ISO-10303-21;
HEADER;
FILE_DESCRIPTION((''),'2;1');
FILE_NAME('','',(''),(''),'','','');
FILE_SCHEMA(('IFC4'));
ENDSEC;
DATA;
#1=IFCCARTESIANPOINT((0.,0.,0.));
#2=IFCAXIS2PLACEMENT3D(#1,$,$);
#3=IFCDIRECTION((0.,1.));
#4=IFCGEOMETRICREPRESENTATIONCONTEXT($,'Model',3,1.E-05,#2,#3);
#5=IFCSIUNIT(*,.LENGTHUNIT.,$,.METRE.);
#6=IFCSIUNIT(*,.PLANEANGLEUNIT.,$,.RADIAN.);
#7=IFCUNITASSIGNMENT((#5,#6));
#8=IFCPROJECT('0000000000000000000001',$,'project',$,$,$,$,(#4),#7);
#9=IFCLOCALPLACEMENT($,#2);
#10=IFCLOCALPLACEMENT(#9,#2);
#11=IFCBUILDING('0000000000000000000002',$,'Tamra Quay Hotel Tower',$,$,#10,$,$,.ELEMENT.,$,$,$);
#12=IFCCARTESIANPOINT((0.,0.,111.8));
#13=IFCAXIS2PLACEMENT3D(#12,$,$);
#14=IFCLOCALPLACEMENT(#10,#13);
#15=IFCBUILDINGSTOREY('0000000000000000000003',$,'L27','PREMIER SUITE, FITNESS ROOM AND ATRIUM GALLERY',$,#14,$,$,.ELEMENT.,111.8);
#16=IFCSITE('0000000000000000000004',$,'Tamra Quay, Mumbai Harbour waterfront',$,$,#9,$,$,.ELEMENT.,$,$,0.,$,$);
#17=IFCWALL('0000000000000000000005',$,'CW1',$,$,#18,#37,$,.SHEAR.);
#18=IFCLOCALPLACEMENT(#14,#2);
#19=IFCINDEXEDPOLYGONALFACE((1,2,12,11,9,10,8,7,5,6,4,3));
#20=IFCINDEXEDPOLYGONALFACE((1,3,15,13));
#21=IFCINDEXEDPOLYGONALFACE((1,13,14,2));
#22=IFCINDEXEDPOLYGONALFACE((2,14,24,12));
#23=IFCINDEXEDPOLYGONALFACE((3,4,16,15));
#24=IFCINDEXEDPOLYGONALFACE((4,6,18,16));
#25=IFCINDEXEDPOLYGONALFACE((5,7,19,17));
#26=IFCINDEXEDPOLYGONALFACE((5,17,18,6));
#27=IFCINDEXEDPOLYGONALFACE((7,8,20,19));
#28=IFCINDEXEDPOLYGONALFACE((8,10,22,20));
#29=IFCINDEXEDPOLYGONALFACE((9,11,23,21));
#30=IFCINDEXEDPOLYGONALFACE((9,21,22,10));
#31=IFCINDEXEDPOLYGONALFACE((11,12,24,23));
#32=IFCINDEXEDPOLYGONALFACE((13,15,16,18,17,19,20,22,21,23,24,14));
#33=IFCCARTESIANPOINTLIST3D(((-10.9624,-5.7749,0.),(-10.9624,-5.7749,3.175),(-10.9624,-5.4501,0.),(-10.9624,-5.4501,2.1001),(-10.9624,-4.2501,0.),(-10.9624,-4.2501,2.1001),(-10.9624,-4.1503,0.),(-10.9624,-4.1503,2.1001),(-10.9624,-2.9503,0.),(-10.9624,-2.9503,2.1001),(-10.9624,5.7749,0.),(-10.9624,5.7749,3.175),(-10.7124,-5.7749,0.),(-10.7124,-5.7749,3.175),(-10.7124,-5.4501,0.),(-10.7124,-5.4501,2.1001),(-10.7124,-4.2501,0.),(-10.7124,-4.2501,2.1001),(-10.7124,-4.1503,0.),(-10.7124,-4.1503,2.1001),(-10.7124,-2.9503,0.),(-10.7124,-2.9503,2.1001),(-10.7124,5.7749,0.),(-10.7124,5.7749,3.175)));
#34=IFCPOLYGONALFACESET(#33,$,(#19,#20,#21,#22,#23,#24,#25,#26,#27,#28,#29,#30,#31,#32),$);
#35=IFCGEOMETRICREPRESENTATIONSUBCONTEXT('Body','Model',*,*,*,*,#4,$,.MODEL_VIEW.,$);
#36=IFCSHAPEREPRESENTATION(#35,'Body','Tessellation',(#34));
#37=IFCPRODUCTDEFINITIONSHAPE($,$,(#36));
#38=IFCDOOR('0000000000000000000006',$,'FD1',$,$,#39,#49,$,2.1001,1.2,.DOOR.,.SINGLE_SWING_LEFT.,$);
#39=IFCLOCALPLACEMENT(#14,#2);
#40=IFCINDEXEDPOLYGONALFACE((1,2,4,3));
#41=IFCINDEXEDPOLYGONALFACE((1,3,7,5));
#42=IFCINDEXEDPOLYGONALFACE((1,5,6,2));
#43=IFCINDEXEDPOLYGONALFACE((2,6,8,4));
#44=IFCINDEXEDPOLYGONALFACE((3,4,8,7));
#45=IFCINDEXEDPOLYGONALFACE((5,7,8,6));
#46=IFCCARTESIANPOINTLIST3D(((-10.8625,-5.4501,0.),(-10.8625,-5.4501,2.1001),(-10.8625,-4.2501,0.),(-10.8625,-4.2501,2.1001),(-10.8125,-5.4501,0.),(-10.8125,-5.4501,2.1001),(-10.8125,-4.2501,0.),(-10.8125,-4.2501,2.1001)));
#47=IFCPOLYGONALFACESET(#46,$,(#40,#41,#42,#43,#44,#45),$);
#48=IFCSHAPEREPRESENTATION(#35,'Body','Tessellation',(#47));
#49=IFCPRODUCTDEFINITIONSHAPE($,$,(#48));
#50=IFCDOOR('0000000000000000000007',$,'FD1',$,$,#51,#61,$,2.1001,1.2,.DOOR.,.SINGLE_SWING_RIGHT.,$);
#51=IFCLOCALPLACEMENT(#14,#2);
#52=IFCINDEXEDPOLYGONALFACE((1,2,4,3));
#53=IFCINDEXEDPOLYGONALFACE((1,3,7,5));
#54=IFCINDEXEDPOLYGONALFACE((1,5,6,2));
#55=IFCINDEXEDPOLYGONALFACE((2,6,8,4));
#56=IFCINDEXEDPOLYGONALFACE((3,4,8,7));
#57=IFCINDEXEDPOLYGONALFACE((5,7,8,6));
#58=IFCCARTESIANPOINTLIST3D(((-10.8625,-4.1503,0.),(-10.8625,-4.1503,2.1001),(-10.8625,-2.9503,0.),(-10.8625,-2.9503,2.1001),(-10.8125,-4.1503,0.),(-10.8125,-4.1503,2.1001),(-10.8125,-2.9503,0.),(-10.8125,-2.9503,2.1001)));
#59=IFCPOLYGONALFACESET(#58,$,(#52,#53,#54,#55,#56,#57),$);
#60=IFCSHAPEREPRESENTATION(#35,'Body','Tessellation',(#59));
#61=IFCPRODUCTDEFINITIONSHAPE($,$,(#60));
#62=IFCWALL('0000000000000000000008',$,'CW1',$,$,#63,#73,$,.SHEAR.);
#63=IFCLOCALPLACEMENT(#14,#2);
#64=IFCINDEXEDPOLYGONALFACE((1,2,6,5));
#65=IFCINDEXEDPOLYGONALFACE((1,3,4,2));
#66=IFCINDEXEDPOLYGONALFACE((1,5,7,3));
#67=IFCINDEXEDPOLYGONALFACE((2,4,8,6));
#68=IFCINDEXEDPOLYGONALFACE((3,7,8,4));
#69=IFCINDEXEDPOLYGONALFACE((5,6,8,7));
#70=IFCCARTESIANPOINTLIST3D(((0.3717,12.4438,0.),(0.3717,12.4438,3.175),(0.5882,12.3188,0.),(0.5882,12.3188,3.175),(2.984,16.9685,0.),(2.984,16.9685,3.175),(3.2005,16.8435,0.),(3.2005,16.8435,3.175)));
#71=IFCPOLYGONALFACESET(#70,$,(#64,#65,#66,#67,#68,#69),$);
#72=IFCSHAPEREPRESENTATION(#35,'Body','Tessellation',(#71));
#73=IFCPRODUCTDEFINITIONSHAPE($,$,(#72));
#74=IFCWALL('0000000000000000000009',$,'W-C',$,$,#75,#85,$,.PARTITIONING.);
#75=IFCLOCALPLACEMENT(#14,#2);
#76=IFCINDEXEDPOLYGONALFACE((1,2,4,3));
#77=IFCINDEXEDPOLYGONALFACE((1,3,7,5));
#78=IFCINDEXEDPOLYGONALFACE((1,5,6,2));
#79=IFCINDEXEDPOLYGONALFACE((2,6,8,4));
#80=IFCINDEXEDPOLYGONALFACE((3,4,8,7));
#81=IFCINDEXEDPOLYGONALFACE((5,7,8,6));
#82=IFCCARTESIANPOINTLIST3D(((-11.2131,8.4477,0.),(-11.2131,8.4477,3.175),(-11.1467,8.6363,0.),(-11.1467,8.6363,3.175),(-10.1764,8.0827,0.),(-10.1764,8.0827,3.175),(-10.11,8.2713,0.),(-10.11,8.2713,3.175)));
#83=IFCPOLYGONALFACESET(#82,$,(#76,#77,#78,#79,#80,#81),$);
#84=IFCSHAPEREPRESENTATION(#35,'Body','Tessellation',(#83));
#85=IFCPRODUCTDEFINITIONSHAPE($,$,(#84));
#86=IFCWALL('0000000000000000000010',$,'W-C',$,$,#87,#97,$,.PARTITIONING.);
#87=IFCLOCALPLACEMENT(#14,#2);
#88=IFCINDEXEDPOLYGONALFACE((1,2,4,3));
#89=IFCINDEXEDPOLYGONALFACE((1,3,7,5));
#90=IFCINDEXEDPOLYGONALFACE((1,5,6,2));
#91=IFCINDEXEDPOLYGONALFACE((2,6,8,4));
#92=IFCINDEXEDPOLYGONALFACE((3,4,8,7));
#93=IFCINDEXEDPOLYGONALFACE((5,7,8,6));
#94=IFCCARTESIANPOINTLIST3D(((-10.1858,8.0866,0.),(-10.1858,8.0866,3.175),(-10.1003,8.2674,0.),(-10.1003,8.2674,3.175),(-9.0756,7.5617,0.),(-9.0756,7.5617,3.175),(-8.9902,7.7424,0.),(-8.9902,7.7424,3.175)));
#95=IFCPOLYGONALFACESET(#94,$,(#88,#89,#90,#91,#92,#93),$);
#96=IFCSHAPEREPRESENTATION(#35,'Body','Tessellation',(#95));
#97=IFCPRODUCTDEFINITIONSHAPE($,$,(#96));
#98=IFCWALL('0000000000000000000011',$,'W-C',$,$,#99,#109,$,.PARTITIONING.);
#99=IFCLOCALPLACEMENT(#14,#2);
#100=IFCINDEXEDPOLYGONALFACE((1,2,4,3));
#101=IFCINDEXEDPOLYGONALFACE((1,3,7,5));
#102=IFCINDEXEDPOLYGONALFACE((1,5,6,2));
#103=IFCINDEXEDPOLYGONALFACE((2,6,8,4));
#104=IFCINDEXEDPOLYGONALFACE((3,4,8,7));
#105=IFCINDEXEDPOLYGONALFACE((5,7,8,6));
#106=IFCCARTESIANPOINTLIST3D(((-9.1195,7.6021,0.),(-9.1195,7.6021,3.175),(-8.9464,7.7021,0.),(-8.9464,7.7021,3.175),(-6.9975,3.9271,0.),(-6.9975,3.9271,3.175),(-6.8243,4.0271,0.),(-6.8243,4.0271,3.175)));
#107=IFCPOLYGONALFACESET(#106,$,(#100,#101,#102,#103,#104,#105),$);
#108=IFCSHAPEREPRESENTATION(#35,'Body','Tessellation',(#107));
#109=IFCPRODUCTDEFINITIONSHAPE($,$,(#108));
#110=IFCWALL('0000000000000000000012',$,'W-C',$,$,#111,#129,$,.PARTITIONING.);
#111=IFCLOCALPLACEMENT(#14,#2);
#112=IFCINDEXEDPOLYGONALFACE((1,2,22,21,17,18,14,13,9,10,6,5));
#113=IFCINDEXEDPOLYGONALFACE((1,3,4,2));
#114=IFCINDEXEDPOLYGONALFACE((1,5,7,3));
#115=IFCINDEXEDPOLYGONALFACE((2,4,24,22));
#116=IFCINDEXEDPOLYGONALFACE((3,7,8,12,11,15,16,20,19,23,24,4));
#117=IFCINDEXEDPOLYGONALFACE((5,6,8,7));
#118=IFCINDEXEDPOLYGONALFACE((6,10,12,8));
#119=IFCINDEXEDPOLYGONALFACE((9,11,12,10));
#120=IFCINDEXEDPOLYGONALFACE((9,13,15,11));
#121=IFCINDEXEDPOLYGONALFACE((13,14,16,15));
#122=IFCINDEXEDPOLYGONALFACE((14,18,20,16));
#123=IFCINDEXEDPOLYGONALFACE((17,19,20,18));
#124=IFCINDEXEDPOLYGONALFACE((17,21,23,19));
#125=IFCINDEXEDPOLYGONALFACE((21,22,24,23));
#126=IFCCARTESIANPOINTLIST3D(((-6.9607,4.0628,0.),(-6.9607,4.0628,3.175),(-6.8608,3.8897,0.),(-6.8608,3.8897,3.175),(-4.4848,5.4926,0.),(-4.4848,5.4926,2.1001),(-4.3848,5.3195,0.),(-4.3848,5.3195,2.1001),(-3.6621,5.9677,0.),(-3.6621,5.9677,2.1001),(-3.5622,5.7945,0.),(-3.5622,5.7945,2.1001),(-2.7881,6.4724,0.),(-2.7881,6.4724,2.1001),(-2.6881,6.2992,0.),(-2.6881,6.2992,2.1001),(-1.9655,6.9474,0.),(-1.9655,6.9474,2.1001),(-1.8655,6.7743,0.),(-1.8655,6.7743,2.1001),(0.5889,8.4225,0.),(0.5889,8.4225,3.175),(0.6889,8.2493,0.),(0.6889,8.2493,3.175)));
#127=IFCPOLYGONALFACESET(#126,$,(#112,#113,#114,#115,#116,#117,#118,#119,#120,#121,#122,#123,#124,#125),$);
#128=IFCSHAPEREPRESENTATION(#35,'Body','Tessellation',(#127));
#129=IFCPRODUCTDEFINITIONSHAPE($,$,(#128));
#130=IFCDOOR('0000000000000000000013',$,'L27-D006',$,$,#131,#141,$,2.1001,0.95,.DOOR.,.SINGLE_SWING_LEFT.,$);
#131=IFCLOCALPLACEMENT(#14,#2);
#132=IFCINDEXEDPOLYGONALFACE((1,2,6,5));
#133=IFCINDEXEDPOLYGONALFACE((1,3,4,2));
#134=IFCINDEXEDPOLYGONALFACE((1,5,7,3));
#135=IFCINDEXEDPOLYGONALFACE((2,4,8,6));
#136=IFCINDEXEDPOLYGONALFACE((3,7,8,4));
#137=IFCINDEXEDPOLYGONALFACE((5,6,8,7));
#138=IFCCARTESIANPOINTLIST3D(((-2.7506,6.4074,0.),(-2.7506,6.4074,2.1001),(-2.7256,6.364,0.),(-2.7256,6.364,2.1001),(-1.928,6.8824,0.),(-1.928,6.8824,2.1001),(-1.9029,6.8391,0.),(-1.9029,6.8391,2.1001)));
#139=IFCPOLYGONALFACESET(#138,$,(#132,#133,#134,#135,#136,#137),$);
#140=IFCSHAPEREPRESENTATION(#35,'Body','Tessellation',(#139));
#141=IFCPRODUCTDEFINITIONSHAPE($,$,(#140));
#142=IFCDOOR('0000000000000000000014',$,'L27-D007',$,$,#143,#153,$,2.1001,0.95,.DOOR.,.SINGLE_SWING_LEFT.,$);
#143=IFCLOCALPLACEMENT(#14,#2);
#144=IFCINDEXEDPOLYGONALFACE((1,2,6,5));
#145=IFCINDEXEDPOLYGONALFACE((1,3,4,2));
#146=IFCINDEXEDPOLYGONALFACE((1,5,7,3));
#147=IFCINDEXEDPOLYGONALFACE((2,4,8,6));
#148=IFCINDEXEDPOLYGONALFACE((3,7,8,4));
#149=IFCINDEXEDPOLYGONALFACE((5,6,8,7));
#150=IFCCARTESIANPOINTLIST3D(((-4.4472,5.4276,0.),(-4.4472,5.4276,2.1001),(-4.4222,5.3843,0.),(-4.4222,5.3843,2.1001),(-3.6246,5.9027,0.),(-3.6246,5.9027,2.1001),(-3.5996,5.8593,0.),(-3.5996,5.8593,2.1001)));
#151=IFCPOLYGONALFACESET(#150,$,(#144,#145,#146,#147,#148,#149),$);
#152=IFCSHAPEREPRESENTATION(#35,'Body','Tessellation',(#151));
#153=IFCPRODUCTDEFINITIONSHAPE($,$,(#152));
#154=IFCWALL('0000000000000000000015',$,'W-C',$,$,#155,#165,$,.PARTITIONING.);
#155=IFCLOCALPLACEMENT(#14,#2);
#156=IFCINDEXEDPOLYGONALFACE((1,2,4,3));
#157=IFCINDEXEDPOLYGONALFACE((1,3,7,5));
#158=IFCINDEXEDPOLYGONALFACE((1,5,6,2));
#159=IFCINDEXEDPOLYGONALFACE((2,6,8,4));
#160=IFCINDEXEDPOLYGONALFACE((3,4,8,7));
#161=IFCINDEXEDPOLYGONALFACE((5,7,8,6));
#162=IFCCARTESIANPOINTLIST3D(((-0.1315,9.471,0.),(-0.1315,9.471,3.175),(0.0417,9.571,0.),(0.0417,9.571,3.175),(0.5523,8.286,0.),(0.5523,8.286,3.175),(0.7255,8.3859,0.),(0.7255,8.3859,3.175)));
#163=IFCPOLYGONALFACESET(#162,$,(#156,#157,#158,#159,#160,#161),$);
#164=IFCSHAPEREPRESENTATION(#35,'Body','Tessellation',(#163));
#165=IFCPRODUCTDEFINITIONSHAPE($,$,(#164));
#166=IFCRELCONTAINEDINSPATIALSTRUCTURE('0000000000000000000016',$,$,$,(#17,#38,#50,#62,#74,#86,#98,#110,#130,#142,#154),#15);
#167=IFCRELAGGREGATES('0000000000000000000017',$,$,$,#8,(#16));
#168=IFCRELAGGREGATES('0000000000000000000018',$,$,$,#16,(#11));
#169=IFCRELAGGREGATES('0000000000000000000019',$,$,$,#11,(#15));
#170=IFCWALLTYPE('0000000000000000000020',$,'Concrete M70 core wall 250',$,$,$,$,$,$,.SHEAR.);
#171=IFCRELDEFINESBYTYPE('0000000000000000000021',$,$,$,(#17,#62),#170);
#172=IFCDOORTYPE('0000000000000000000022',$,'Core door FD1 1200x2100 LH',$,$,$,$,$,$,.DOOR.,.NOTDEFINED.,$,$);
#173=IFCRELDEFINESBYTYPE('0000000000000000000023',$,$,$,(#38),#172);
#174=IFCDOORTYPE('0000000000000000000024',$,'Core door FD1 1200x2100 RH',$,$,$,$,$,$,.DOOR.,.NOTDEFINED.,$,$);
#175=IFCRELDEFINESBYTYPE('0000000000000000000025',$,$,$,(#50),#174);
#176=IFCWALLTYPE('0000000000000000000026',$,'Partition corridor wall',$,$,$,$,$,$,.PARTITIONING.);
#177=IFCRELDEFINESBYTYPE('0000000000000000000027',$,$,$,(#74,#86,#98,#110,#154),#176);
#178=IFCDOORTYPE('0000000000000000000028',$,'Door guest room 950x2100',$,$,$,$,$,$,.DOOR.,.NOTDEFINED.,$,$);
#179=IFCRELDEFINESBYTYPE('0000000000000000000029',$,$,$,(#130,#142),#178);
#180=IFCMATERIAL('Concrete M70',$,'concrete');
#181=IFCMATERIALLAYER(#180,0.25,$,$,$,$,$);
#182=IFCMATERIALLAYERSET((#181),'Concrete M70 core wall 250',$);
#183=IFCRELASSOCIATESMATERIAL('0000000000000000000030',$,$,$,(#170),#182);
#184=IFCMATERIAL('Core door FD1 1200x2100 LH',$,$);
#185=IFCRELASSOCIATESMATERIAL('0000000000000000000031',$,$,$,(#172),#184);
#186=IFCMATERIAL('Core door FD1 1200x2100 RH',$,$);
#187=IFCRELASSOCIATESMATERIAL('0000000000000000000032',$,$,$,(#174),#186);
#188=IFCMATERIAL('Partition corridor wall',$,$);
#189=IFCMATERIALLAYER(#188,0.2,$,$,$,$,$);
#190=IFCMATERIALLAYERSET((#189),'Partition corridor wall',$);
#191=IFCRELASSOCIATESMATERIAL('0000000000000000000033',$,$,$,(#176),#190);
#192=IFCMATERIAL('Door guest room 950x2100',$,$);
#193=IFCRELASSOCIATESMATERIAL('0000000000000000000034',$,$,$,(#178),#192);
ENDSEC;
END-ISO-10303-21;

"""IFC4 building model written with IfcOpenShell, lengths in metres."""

from ifc_helpers import new_model, si_unit, direction, frame, frame_2d, origin, place, context, subcontext, project, spatial, rectangle, extrude, material, layer, layer_set, type_object, element, fill, save


model = new_model("IFC4")

# Units and contexts
model_context = context("Model", 3, precision=1e-05, world=origin(), true_north=direction((0.0, 1.0)))
body_context = subcontext(model_context, "Body", "Model", "MODEL_VIEW")
ifc_project = project(units=[si_unit("LENGTHUNIT", "METRE"), si_unit("PLANEANGLEUNIT", "RADIAN")], contexts=[model_context])

# Site, building, storey
site_placement = place(None, origin())
site = spatial("IfcSite", under=ifc_project, at=site_placement, Name="Tamra Quay, Mumbai Harbour waterfront", CompositionType="ELEMENT", RefElevation=0.0)
building_placement = place(site_placement, origin())
building = spatial("IfcBuilding", under=site, at=building_placement, Name="Tamra Quay Hotel Tower", CompositionType="ELEMENT")
storey_placement = place(building_placement, frame((0.0, 0.0, 111.8)))
storey = spatial("IfcBuildingStorey", under=building, at=storey_placement, Name="L27", Description="PREMIER SUITE, FITNESS ROOM AND ATRIUM GALLERY", CompositionType="ELEMENT", Elevation=111.8)

# Shared definitions
ifc_material_1 = material(Name="Concrete M70", Category="concrete")

# Wall, openings, doors
ifc_layer_1 = layer(ifc_material_1, 0.25)
ifc_layer_set_1 = layer_set([ifc_layer_1], Name="Concrete M70 core wall 250")
wall_type_1 = type_object("IfcWallType", Name="Concrete M70 core wall 250", PredefinedType="SHEAR", material=ifc_layer_set_1)
wall_1_placement = place(storey_placement, frame((-10.8374, 5.7749, 0.0), z_axis=(0.0, 0.0, 1.0), x_axis=(0.0, -1.0, 0.0)))
wall_1 = element("IfcWall", 1, at=wall_1_placement, inside=storey, type_object=wall_type_1, Name="CW1", PredefinedType="SHEAR", context=body_context, shape_type="SweptSolid", body=[
    extrude(rectangle(XDim=11.5498, YDim=0.25, at=frame_2d((5.7749, 0.0))), origin(), (0.0, 0.0, 1.0), 3.175),
])
opening_1_placement = place(wall_1_placement, frame((10.0249, 0.0, 0.0)))
opening_1 = element("IfcOpeningElement", 2, at=opening_1_placement, cuts=wall_1, PredefinedType="OPENING", context=body_context, shape_type="SweptSolid", body=[
    extrude(rectangle(XDim=1.2, YDim=2.1001, at=frame_2d((0.6001, 1.05))), frame((0.0, 0.135, 0.0), z_axis=(0.0, -1.0, 0.0), x_axis=(1.0, 0.0, 0.0)), (0.0, 0.0, 1.0), 0.27),
])
opening_2_placement = place(wall_1_placement, frame((8.7251, 0.0, 0.0)))
opening_2 = element("IfcOpeningElement", 3, at=opening_2_placement, cuts=wall_1, PredefinedType="OPENING", context=body_context, shape_type="SweptSolid", body=[
    extrude(rectangle(XDim=1.2, YDim=2.1001, at=frame_2d((0.6001, 1.05))), frame((0.0, 0.135, 0.0), z_axis=(0.0, -1.0, 0.0), x_axis=(1.0, 0.0, 0.0)), (0.0, 0.0, 1.0), 0.27),
])
ifc_material_2 = material(Name="Core door FD1 1200x2100 LH")
door_type_1 = type_object("IfcDoorType", Name="Core door FD1 1200x2100 LH", OperationType="NOTDEFINED", PredefinedType="DOOR", material=ifc_material_2)
door_1_placement = place(opening_1_placement, origin())
door_1 = element("IfcDoor", 4, at=door_1_placement, inside=storey, type_object=door_type_1, Name="FD1", OperationType="SINGLE_SWING_LEFT", OverallHeight=2.1001, OverallWidth=1.2, PredefinedType="DOOR", context=body_context, shape_type="SweptSolid", body=[
    extrude(rectangle(XDim=1.2, YDim=2.1001, at=frame_2d((0.6001, 1.05))), frame((0.0, 0.0249, 0.0), z_axis=(0.0, -1.0, 0.0), x_axis=(1.0, 0.0, 0.0)), (0.0, 0.0, 1.0), 0.05),
])
fill(opening_1, door_1)
ifc_material_3 = material(Name="Core door FD1 1200x2100 RH")
door_type_2 = type_object("IfcDoorType", Name="Core door FD1 1200x2100 RH", OperationType="NOTDEFINED", PredefinedType="DOOR", material=ifc_material_3)
door_2_placement = place(opening_2_placement, origin())
door_2 = element("IfcDoor", 5, at=door_2_placement, inside=storey, type_object=door_type_2, Name="FD1", OperationType="SINGLE_SWING_RIGHT", OverallHeight=2.1001, OverallWidth=1.2, PredefinedType="DOOR", context=body_context, shape_type="SweptSolid", body=[
    extrude(rectangle(XDim=1.2, YDim=2.1001, at=frame_2d((0.6001, 1.05))), frame((0.0, 0.0249, 0.0), z_axis=(0.0, -1.0, 0.0), x_axis=(1.0, 0.0, 0.0)), (0.0, 0.0, 1.0), 0.05),
])
fill(opening_2, door_2)

# Walls
wall_2_placement = place(storey_placement, frame((0.48, 12.3813, 0.0), z_axis=(0.0, 0.0, 1.0), x_axis=(0.499999, 0.866026, 0.0)))
element("IfcWall", 6, at=wall_2_placement, inside=storey, type_object=wall_type_1, Name="CW1", PredefinedType="SHEAR", context=body_context, shape_type="SweptSolid", body=[
    extrude(rectangle(XDim=5.2246, YDim=0.25, at=frame_2d((2.6123, 0.0))), origin(), (0.0, 0.0, 1.0), 3.175),
])
ifc_material_4 = material(Name="Partition corridor wall")
ifc_layer_2 = layer(ifc_material_4, 0.2)
ifc_layer_set_2 = layer_set([ifc_layer_2], Name="Partition corridor wall")
wall_type_2 = type_object("IfcWallType", Name="Partition corridor wall", PredefinedType="PARTITIONING", material=ifc_layer_set_2)
wall_3_placement = place(storey_placement, frame((-11.1799, 8.542, 0.0), z_axis=(0.0, 0.0, 1.0), x_axis=(0.943265, -0.332042, 0.0)))
element("IfcWall", 7, at=wall_3_placement, inside=storey, type_object=wall_type_2, Name="W-C", PredefinedType="PARTITIONING", context=body_context, shape_type="SweptSolid", body=[
    extrude(rectangle(XDim=1.0991, YDim=0.2, at=frame_2d((0.5496, 0.0))), origin(), (0.0, 0.0, 1.0), 3.175),
])
wall_4_placement = place(storey_placement, frame((-10.1431, 8.177, 0.0), z_axis=(0.0, 0.0, 1.0), x_axis=(0.904033, -0.427462, 0.0)))
element("IfcWall", 8, at=wall_4_placement, inside=storey, type_object=wall_type_2, Name="W-C", PredefinedType="PARTITIONING", context=body_context, shape_type="SweptSolid", body=[
    extrude(rectangle(XDim=1.228, YDim=0.2, at=frame_2d((0.614, 0.0))), origin(), (0.0, 0.0, 1.0), 3.175),
])
wall_5_placement = place(storey_placement, frame((-9.033, 7.6521, 0.0), z_axis=(0.0, 0.0, 1.0), x_axis=(0.500049, -0.865997, 0.0)))
element("IfcWall", 9, at=wall_5_placement, inside=storey, type_object=wall_type_2, Name="W-C", PredefinedType="PARTITIONING", context=body_context, shape_type="SweptSolid", body=[
    extrude(rectangle(XDim=4.2437, YDim=0.2, at=frame_2d((2.1218, 0.0))), origin(), (0.0, 0.0, 1.0), 3.175),
])

# Wall, openings, doors
wall_6_placement = place(storey_placement, frame((-6.9106, 3.9763, 0.0), z_axis=(0.0, 0.0, 1.0), x_axis=(0.865982, 0.500076, 0.0)))
wall_6 = element("IfcWall", 10, at=wall_6_placement, inside=storey, type_object=wall_type_2, Name="W-C", PredefinedType="PARTITIONING", context=body_context, shape_type="SweptSolid", body=[
    extrude(rectangle(XDim=8.718, YDim=0.2, at=frame_2d((4.3589, 0.0))), origin(), (0.0, 0.0, 1.0), 3.175),
])
opening_3_placement = place(wall_6_placement, frame((4.8181, 0.0, 0.0)))
opening_3 = element("IfcOpeningElement", 11, at=opening_3_placement, cuts=wall_6, PredefinedType="OPENING", context=body_context, shape_type="SweptSolid", body=[
    extrude(rectangle(XDim=0.95, YDim=2.1001, at=frame_2d((0.4751, 1.05))), frame((0.0, 0.1099, 0.0), z_axis=(0.0, -1.0, 0.0), x_axis=(1.0, 0.0, 0.0)), (0.0, 0.0, 1.0), 0.22),
])
opening_4_placement = place(wall_6_placement, frame((2.8589, 0.0, 0.0)))
opening_4 = element("IfcOpeningElement", 12, at=opening_4_placement, cuts=wall_6, PredefinedType="OPENING", context=body_context, shape_type="SweptSolid", body=[
    extrude(rectangle(XDim=0.95, YDim=2.1001, at=frame_2d((0.4751, 1.05))), frame((0.0, 0.1099, 0.0), z_axis=(0.0, -1.0, 0.0), x_axis=(1.0, 0.0, 0.0)), (0.0, 0.0, 1.0), 0.22),
])
ifc_material_5 = material(Name="Door guest room 950x2100")
door_type_3 = type_object("IfcDoorType", Name="Door guest room 950x2100", OperationType="NOTDEFINED", PredefinedType="DOOR", material=ifc_material_5)
door_3_placement = place(opening_3_placement, origin())
door_3 = element("IfcDoor", 13, at=door_3_placement, inside=storey, type_object=door_type_3, Name="L27-D006", OperationType="SINGLE_SWING_LEFT", OverallHeight=2.1001, OverallWidth=0.95, PredefinedType="DOOR", context=body_context, shape_type="SweptSolid", body=[
    extrude(rectangle(XDim=0.95, YDim=2.1001, at=frame_2d((0.4751, 1.05))), frame((0.0, 0.0249, 0.0), z_axis=(0.0, -1.0, 0.0), x_axis=(1.0, 0.0, 0.0)), (0.0, 0.0, 1.0), 0.05),
])
fill(opening_3, door_3)
door_4_placement = place(opening_4_placement, origin())
door_4 = element("IfcDoor", 14, at=door_4_placement, inside=storey, type_object=door_type_3, Name="L27-D007", OperationType="SINGLE_SWING_LEFT", OverallHeight=2.1001, OverallWidth=0.95, PredefinedType="DOOR", context=body_context, shape_type="SweptSolid", body=[
    extrude(rectangle(XDim=0.95, YDim=2.1001, at=frame_2d((0.4751, 1.05))), frame((0.0, 0.0249, 0.0), z_axis=(0.0, -1.0, 0.0), x_axis=(1.0, 0.0, 0.0)), (0.0, 0.0, 1.0), 0.05),
])
fill(opening_4, door_4)

# Wall
wall_7_placement = place(storey_placement, frame((-0.0449, 9.521, 0.0), z_axis=(0.0, 0.0, 1.0), x_axis=(0.499805, -0.866138, 0.0)))
element("IfcWall", 15, at=wall_7_placement, inside=storey, type_object=wall_type_2, Name="W-C", PredefinedType="PARTITIONING", context=body_context, shape_type="SweptSolid", body=[
    extrude(rectangle(XDim=1.3682, YDim=0.2, at=frame_2d((0.6841, 0.0))), origin(), (0.0, 0.0, 1.0), 3.175),
])

save(model, "model.ifc")
